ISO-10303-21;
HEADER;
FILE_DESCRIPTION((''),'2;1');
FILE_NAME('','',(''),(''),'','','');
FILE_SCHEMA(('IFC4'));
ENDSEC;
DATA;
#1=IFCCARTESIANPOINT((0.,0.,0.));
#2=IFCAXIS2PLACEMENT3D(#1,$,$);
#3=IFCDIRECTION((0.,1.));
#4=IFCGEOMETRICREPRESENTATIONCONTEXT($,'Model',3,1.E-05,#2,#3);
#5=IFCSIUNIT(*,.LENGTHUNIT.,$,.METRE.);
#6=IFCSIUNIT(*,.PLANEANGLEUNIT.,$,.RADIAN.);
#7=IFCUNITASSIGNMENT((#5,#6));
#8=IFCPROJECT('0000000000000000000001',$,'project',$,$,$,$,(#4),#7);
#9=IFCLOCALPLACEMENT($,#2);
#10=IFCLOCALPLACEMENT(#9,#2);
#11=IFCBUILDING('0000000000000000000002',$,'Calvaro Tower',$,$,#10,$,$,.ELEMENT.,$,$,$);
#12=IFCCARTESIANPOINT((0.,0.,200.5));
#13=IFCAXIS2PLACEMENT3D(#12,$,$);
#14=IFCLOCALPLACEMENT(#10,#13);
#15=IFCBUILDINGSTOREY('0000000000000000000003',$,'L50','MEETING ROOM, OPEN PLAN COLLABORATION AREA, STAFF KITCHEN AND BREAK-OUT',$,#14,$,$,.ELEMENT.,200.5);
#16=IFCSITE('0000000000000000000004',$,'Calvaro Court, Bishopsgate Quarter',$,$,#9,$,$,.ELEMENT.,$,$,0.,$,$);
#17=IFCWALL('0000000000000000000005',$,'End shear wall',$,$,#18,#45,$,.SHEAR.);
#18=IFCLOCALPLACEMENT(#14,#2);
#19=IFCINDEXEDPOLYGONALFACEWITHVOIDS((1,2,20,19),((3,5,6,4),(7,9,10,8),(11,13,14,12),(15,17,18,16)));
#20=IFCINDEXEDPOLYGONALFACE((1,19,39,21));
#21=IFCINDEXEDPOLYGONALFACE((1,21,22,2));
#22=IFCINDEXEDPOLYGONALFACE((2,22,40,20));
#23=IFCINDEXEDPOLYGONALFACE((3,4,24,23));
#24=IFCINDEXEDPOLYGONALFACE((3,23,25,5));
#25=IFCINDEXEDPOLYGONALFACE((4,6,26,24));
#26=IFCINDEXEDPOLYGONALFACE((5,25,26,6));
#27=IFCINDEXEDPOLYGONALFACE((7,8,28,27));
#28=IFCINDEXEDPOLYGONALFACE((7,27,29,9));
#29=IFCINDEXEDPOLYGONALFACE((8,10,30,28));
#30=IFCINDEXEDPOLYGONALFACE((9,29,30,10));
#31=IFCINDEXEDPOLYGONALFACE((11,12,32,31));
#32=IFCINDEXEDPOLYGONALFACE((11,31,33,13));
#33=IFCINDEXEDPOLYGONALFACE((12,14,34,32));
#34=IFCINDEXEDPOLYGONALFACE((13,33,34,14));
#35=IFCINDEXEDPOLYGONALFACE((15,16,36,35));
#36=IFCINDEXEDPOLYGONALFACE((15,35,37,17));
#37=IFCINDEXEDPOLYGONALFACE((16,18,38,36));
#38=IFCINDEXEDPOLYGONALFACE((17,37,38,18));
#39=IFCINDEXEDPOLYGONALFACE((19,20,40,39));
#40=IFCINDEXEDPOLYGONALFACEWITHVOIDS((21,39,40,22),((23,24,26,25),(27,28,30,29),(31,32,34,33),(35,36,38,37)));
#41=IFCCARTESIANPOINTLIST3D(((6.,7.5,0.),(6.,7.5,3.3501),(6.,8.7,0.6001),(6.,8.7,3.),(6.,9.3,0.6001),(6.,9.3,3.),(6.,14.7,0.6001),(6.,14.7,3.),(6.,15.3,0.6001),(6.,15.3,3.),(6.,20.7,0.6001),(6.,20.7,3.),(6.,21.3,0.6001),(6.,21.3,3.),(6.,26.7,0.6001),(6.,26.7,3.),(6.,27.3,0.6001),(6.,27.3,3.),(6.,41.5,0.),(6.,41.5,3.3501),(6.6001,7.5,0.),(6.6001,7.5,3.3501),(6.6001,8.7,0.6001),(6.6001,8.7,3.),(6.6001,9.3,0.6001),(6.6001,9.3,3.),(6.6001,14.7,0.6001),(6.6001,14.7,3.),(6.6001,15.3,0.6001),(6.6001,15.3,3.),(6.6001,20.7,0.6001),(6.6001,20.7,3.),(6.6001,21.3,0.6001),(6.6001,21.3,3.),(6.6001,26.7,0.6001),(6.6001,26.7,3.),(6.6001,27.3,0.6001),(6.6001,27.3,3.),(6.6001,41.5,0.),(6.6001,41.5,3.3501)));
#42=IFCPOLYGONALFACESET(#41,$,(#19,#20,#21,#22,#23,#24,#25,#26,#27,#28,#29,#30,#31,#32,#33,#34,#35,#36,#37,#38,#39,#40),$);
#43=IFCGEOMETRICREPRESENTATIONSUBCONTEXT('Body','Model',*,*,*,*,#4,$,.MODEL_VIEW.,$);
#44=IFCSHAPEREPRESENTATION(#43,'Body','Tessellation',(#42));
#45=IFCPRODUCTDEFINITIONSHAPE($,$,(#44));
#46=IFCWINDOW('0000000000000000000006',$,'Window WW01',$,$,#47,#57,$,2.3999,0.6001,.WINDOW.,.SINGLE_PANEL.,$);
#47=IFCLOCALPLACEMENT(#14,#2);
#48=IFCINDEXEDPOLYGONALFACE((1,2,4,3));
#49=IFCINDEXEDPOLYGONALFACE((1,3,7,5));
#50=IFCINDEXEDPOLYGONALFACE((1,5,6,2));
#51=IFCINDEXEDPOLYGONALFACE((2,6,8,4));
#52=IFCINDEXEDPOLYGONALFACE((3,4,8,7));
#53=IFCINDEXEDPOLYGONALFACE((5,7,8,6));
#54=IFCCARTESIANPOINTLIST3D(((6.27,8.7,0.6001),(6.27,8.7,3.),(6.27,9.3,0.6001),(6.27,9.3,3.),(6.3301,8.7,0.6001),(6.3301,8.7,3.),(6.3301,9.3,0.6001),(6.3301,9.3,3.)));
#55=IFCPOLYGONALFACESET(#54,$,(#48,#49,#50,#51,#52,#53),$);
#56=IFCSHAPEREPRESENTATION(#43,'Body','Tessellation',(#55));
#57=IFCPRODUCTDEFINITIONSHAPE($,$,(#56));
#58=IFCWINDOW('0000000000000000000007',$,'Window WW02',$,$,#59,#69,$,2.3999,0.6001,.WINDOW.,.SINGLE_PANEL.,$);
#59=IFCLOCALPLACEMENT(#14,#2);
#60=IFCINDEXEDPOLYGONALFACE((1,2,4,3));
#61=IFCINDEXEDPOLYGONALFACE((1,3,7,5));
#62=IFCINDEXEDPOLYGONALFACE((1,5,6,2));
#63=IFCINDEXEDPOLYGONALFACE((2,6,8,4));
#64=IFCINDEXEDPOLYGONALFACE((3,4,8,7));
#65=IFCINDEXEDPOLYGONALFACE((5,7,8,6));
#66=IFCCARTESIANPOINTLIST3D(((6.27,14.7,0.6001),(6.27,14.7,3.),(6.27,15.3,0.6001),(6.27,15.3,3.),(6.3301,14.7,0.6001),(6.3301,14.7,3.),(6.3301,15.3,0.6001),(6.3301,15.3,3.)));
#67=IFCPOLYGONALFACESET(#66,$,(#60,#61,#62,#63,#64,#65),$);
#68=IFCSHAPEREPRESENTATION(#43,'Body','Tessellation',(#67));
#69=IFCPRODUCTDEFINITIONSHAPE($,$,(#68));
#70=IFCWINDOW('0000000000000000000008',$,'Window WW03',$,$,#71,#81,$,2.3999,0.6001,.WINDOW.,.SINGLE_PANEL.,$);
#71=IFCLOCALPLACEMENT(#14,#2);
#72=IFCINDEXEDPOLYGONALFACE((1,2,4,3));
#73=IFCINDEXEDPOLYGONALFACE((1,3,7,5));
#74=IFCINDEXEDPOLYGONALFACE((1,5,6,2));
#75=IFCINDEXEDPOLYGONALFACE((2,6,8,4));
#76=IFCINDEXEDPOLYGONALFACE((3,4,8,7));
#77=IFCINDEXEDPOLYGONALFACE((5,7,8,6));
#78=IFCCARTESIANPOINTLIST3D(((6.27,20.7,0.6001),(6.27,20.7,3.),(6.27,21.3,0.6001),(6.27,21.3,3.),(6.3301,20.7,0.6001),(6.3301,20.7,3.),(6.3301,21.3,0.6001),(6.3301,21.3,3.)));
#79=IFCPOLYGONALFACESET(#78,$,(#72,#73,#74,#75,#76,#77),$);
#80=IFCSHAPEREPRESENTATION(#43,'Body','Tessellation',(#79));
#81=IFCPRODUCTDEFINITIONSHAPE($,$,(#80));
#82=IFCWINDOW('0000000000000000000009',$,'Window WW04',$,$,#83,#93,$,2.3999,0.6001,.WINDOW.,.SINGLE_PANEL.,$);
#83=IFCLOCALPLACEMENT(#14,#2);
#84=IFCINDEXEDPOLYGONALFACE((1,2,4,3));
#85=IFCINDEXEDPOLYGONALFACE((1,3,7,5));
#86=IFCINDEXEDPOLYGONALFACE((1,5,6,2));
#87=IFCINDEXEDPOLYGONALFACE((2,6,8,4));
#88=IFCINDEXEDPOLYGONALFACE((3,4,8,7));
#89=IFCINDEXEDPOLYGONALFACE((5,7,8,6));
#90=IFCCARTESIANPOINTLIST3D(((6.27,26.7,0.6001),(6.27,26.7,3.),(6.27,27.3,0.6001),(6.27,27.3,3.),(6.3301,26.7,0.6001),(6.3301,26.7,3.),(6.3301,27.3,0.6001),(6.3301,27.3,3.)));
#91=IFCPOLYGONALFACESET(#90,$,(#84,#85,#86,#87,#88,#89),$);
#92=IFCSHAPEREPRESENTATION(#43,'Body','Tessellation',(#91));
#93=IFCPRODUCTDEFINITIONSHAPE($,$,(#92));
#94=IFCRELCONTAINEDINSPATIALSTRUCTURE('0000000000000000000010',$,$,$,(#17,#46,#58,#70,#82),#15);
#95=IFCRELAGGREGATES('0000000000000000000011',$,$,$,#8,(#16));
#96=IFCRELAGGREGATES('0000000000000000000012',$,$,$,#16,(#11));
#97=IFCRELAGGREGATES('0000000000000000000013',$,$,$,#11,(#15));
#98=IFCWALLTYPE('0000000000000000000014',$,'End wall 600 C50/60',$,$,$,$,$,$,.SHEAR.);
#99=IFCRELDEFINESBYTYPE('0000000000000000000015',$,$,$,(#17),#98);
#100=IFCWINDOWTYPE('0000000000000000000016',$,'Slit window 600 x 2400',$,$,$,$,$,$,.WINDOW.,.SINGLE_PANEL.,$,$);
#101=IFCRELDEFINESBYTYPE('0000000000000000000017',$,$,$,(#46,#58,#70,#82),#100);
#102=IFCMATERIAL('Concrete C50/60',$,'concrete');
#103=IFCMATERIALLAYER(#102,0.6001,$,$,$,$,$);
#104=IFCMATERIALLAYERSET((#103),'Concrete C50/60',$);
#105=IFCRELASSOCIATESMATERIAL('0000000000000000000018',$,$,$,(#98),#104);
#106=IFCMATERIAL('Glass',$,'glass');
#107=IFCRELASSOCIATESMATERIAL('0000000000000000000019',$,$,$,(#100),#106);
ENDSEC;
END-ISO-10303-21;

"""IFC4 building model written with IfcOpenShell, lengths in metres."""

from ifc_helpers import new_model, si_unit, direction, frame, frame_2d, origin, place, context, subcontext, project, spatial, rectangle, extrude, material, layer, layer_set, type_object, element, fill, save


model = new_model("IFC4")

# Units and contexts
model_context = context("Model", 3, precision=1e-05, world=origin(), true_north=direction((0.0, 1.0)))
body_context = subcontext(model_context, "Body", "Model", "MODEL_VIEW")
ifc_project = project(units=[si_unit("LENGTHUNIT", "METRE"), si_unit("PLANEANGLEUNIT", "RADIAN")], contexts=[model_context])

# Site, building, storey
site_placement = place(None, origin())
site = spatial("IfcSite", under=ifc_project, at=site_placement, Name="Calvaro Court, Bishopsgate Quarter", CompositionType="ELEMENT", RefElevation=0.0)
building_placement = place(site_placement, origin())
building = spatial("IfcBuilding", under=site, at=building_placement, Name="Calvaro Tower", CompositionType="ELEMENT")
storey_placement = place(building_placement, frame((0.0, 0.0, 200.5)))
storey = spatial("IfcBuildingStorey", under=building, at=storey_placement, Name="L50", Description="MEETING ROOM, OPEN PLAN COLLABORATION AREA, STAFF KITCHEN AND BREAK-OUT", CompositionType="ELEMENT", Elevation=200.5)

# Wall, openings, windows
ifc_material_1 = material(Name="Concrete C50/60", Category="concrete")
ifc_layer_1 = layer(ifc_material_1, 0.6001)
ifc_layer_set_1 = layer_set([ifc_layer_1], Name="Concrete C50/60")
wall_type = type_object("IfcWallType", Name="End wall 600 C50/60", PredefinedType="SHEAR", material=ifc_layer_set_1)
wall_placement = place(storey_placement, frame((6.3, 7.5, 0.0), z_axis=(0.0, 0.0, 1.0), x_axis=(0.0, 1.0, 0.0)))
wall = element("IfcWall", 1, at=wall_placement, inside=storey, type_object=wall_type, Name="End shear wall", PredefinedType="SHEAR", context=body_context, shape_type="SweptSolid", body=[
    extrude(rectangle(XDim=34.0, YDim=0.6001, at=frame_2d((17.0, 0.0))), origin(), (0.0, 0.0, 1.0), 3.3501),
])
opening_1_placement = place(wall_placement, frame((1.2, 0.0, 0.6001)))
opening_1 = element("IfcOpeningElement", 2, at=opening_1_placement, cuts=wall, PredefinedType="OPENING", context=body_context, shape_type="SweptSolid", body=[
    extrude(rectangle(XDim=0.6001, YDim=2.3999, at=frame_2d((0.3, 1.2))), frame((0.0, 0.3101, 0.0), z_axis=(0.0, -1.0, 0.0), x_axis=(1.0, 0.0, 0.0)), (0.0, 0.0, 1.0), 0.6201),
])
opening_2_placement = place(wall_placement, frame((7.2, 0.0, 0.6001)))
opening_2 = element("IfcOpeningElement", 3, at=opening_2_placement, cuts=wall, PredefinedType="OPENING", context=body_context, shape_type="SweptSolid", body=[
    extrude(rectangle(XDim=0.6001, YDim=2.3999, at=frame_2d((0.3, 1.2))), frame((0.0, 0.3101, 0.0), z_axis=(0.0, -1.0, 0.0), x_axis=(1.0, 0.0, 0.0)), (0.0, 0.0, 1.0), 0.6201),
])
opening_3_placement = place(wall_placement, frame((13.2, 0.0, 0.6001)))
opening_3 = element("IfcOpeningElement", 4, at=opening_3_placement, cuts=wall, PredefinedType="OPENING", context=body_context, shape_type="SweptSolid", body=[
    extrude(rectangle(XDim=0.6001, YDim=2.3999, at=frame_2d((0.3, 1.2))), frame((0.0, 0.3101, 0.0), z_axis=(0.0, -1.0, 0.0), x_axis=(1.0, 0.0, 0.0)), (0.0, 0.0, 1.0), 0.6201),
])
opening_4_placement = place(wall_placement, frame((19.2, 0.0, 0.6001)))
opening_4 = element("IfcOpeningElement", 5, at=opening_4_placement, cuts=wall, PredefinedType="OPENING", context=body_context, shape_type="SweptSolid", body=[
    extrude(rectangle(XDim=0.6001, YDim=2.3999, at=frame_2d((0.3, 1.2))), frame((0.0, 0.3101, 0.0), z_axis=(0.0, -1.0, 0.0), x_axis=(1.0, 0.0, 0.0)), (0.0, 0.0, 1.0), 0.6201),
])
ifc_material_2 = material(Name="Glass", Category="glass")
window_type = type_object("IfcWindowType", Name="Slit window 600 x 2400", PartitioningType="SINGLE_PANEL", PredefinedType="WINDOW", material=ifc_material_2)
window_1_placement = place(opening_1_placement, origin())
window_1 = element("IfcWindow", 6, at=window_1_placement, inside=storey, type_object=window_type, Name="Window WW01", OverallHeight=2.3999, OverallWidth=0.6001, PartitioningType="SINGLE_PANEL", PredefinedType="WINDOW", context=body_context, shape_type="SweptSolid", body=[
    extrude(rectangle(XDim=0.6001, YDim=2.3999, at=frame_2d((0.3, 1.2))), frame((0.0, 0.03, 0.0), z_axis=(0.0, -1.0, 0.0), x_axis=(1.0, 0.0, 0.0)), (0.0, 0.0, 1.0), 0.0601),
])
fill(opening_1, window_1)
window_2_placement = place(opening_2_placement, origin())
window_2 = element("IfcWindow", 7, at=window_2_placement, inside=storey, type_object=window_type, Name="Window WW02", OverallHeight=2.3999, OverallWidth=0.6001, PartitioningType="SINGLE_PANEL", PredefinedType="WINDOW", context=body_context, shape_type="SweptSolid", body=[
    extrude(rectangle(XDim=0.6001, YDim=2.3999, at=frame_2d((0.3, 1.2))), frame((0.0, 0.03, 0.0), z_axis=(0.0, -1.0, 0.0), x_axis=(1.0, 0.0, 0.0)), (0.0, 0.0, 1.0), 0.0601),
])
fill(opening_2, window_2)
window_3_placement = place(opening_3_placement, origin())
window_3 = element("IfcWindow", 8, at=window_3_placement, inside=storey, type_object=window_type, Name="Window WW03", OverallHeight=2.3999, OverallWidth=0.6001, PartitioningType="SINGLE_PANEL", PredefinedType="WINDOW", context=body_context, shape_type="SweptSolid", body=[
    extrude(rectangle(XDim=0.6001, YDim=2.3999, at=frame_2d((0.3, 1.2))), frame((0.0, 0.03, 0.0), z_axis=(0.0, -1.0, 0.0), x_axis=(1.0, 0.0, 0.0)), (0.0, 0.0, 1.0), 0.0601),
])
fill(opening_3, window_3)
window_4_placement = place(opening_4_placement, origin())
window_4 = element("IfcWindow", 9, at=window_4_placement, inside=storey, type_object=window_type, Name="Window WW04", OverallHeight=2.3999, OverallWidth=0.6001, PartitioningType="SINGLE_PANEL", PredefinedType="WINDOW", context=body_context, shape_type="SweptSolid", body=[
    extrude(rectangle(XDim=0.6001, YDim=2.3999, at=frame_2d((0.3, 1.2))), frame((0.0, 0.03, 0.0), z_axis=(0.0, -1.0, 0.0), x_axis=(1.0, 0.0, 0.0)), (0.0, 0.0, 1.0), 0.0601),
])
fill(opening_4, window_4)

save(model, "model.ifc")
